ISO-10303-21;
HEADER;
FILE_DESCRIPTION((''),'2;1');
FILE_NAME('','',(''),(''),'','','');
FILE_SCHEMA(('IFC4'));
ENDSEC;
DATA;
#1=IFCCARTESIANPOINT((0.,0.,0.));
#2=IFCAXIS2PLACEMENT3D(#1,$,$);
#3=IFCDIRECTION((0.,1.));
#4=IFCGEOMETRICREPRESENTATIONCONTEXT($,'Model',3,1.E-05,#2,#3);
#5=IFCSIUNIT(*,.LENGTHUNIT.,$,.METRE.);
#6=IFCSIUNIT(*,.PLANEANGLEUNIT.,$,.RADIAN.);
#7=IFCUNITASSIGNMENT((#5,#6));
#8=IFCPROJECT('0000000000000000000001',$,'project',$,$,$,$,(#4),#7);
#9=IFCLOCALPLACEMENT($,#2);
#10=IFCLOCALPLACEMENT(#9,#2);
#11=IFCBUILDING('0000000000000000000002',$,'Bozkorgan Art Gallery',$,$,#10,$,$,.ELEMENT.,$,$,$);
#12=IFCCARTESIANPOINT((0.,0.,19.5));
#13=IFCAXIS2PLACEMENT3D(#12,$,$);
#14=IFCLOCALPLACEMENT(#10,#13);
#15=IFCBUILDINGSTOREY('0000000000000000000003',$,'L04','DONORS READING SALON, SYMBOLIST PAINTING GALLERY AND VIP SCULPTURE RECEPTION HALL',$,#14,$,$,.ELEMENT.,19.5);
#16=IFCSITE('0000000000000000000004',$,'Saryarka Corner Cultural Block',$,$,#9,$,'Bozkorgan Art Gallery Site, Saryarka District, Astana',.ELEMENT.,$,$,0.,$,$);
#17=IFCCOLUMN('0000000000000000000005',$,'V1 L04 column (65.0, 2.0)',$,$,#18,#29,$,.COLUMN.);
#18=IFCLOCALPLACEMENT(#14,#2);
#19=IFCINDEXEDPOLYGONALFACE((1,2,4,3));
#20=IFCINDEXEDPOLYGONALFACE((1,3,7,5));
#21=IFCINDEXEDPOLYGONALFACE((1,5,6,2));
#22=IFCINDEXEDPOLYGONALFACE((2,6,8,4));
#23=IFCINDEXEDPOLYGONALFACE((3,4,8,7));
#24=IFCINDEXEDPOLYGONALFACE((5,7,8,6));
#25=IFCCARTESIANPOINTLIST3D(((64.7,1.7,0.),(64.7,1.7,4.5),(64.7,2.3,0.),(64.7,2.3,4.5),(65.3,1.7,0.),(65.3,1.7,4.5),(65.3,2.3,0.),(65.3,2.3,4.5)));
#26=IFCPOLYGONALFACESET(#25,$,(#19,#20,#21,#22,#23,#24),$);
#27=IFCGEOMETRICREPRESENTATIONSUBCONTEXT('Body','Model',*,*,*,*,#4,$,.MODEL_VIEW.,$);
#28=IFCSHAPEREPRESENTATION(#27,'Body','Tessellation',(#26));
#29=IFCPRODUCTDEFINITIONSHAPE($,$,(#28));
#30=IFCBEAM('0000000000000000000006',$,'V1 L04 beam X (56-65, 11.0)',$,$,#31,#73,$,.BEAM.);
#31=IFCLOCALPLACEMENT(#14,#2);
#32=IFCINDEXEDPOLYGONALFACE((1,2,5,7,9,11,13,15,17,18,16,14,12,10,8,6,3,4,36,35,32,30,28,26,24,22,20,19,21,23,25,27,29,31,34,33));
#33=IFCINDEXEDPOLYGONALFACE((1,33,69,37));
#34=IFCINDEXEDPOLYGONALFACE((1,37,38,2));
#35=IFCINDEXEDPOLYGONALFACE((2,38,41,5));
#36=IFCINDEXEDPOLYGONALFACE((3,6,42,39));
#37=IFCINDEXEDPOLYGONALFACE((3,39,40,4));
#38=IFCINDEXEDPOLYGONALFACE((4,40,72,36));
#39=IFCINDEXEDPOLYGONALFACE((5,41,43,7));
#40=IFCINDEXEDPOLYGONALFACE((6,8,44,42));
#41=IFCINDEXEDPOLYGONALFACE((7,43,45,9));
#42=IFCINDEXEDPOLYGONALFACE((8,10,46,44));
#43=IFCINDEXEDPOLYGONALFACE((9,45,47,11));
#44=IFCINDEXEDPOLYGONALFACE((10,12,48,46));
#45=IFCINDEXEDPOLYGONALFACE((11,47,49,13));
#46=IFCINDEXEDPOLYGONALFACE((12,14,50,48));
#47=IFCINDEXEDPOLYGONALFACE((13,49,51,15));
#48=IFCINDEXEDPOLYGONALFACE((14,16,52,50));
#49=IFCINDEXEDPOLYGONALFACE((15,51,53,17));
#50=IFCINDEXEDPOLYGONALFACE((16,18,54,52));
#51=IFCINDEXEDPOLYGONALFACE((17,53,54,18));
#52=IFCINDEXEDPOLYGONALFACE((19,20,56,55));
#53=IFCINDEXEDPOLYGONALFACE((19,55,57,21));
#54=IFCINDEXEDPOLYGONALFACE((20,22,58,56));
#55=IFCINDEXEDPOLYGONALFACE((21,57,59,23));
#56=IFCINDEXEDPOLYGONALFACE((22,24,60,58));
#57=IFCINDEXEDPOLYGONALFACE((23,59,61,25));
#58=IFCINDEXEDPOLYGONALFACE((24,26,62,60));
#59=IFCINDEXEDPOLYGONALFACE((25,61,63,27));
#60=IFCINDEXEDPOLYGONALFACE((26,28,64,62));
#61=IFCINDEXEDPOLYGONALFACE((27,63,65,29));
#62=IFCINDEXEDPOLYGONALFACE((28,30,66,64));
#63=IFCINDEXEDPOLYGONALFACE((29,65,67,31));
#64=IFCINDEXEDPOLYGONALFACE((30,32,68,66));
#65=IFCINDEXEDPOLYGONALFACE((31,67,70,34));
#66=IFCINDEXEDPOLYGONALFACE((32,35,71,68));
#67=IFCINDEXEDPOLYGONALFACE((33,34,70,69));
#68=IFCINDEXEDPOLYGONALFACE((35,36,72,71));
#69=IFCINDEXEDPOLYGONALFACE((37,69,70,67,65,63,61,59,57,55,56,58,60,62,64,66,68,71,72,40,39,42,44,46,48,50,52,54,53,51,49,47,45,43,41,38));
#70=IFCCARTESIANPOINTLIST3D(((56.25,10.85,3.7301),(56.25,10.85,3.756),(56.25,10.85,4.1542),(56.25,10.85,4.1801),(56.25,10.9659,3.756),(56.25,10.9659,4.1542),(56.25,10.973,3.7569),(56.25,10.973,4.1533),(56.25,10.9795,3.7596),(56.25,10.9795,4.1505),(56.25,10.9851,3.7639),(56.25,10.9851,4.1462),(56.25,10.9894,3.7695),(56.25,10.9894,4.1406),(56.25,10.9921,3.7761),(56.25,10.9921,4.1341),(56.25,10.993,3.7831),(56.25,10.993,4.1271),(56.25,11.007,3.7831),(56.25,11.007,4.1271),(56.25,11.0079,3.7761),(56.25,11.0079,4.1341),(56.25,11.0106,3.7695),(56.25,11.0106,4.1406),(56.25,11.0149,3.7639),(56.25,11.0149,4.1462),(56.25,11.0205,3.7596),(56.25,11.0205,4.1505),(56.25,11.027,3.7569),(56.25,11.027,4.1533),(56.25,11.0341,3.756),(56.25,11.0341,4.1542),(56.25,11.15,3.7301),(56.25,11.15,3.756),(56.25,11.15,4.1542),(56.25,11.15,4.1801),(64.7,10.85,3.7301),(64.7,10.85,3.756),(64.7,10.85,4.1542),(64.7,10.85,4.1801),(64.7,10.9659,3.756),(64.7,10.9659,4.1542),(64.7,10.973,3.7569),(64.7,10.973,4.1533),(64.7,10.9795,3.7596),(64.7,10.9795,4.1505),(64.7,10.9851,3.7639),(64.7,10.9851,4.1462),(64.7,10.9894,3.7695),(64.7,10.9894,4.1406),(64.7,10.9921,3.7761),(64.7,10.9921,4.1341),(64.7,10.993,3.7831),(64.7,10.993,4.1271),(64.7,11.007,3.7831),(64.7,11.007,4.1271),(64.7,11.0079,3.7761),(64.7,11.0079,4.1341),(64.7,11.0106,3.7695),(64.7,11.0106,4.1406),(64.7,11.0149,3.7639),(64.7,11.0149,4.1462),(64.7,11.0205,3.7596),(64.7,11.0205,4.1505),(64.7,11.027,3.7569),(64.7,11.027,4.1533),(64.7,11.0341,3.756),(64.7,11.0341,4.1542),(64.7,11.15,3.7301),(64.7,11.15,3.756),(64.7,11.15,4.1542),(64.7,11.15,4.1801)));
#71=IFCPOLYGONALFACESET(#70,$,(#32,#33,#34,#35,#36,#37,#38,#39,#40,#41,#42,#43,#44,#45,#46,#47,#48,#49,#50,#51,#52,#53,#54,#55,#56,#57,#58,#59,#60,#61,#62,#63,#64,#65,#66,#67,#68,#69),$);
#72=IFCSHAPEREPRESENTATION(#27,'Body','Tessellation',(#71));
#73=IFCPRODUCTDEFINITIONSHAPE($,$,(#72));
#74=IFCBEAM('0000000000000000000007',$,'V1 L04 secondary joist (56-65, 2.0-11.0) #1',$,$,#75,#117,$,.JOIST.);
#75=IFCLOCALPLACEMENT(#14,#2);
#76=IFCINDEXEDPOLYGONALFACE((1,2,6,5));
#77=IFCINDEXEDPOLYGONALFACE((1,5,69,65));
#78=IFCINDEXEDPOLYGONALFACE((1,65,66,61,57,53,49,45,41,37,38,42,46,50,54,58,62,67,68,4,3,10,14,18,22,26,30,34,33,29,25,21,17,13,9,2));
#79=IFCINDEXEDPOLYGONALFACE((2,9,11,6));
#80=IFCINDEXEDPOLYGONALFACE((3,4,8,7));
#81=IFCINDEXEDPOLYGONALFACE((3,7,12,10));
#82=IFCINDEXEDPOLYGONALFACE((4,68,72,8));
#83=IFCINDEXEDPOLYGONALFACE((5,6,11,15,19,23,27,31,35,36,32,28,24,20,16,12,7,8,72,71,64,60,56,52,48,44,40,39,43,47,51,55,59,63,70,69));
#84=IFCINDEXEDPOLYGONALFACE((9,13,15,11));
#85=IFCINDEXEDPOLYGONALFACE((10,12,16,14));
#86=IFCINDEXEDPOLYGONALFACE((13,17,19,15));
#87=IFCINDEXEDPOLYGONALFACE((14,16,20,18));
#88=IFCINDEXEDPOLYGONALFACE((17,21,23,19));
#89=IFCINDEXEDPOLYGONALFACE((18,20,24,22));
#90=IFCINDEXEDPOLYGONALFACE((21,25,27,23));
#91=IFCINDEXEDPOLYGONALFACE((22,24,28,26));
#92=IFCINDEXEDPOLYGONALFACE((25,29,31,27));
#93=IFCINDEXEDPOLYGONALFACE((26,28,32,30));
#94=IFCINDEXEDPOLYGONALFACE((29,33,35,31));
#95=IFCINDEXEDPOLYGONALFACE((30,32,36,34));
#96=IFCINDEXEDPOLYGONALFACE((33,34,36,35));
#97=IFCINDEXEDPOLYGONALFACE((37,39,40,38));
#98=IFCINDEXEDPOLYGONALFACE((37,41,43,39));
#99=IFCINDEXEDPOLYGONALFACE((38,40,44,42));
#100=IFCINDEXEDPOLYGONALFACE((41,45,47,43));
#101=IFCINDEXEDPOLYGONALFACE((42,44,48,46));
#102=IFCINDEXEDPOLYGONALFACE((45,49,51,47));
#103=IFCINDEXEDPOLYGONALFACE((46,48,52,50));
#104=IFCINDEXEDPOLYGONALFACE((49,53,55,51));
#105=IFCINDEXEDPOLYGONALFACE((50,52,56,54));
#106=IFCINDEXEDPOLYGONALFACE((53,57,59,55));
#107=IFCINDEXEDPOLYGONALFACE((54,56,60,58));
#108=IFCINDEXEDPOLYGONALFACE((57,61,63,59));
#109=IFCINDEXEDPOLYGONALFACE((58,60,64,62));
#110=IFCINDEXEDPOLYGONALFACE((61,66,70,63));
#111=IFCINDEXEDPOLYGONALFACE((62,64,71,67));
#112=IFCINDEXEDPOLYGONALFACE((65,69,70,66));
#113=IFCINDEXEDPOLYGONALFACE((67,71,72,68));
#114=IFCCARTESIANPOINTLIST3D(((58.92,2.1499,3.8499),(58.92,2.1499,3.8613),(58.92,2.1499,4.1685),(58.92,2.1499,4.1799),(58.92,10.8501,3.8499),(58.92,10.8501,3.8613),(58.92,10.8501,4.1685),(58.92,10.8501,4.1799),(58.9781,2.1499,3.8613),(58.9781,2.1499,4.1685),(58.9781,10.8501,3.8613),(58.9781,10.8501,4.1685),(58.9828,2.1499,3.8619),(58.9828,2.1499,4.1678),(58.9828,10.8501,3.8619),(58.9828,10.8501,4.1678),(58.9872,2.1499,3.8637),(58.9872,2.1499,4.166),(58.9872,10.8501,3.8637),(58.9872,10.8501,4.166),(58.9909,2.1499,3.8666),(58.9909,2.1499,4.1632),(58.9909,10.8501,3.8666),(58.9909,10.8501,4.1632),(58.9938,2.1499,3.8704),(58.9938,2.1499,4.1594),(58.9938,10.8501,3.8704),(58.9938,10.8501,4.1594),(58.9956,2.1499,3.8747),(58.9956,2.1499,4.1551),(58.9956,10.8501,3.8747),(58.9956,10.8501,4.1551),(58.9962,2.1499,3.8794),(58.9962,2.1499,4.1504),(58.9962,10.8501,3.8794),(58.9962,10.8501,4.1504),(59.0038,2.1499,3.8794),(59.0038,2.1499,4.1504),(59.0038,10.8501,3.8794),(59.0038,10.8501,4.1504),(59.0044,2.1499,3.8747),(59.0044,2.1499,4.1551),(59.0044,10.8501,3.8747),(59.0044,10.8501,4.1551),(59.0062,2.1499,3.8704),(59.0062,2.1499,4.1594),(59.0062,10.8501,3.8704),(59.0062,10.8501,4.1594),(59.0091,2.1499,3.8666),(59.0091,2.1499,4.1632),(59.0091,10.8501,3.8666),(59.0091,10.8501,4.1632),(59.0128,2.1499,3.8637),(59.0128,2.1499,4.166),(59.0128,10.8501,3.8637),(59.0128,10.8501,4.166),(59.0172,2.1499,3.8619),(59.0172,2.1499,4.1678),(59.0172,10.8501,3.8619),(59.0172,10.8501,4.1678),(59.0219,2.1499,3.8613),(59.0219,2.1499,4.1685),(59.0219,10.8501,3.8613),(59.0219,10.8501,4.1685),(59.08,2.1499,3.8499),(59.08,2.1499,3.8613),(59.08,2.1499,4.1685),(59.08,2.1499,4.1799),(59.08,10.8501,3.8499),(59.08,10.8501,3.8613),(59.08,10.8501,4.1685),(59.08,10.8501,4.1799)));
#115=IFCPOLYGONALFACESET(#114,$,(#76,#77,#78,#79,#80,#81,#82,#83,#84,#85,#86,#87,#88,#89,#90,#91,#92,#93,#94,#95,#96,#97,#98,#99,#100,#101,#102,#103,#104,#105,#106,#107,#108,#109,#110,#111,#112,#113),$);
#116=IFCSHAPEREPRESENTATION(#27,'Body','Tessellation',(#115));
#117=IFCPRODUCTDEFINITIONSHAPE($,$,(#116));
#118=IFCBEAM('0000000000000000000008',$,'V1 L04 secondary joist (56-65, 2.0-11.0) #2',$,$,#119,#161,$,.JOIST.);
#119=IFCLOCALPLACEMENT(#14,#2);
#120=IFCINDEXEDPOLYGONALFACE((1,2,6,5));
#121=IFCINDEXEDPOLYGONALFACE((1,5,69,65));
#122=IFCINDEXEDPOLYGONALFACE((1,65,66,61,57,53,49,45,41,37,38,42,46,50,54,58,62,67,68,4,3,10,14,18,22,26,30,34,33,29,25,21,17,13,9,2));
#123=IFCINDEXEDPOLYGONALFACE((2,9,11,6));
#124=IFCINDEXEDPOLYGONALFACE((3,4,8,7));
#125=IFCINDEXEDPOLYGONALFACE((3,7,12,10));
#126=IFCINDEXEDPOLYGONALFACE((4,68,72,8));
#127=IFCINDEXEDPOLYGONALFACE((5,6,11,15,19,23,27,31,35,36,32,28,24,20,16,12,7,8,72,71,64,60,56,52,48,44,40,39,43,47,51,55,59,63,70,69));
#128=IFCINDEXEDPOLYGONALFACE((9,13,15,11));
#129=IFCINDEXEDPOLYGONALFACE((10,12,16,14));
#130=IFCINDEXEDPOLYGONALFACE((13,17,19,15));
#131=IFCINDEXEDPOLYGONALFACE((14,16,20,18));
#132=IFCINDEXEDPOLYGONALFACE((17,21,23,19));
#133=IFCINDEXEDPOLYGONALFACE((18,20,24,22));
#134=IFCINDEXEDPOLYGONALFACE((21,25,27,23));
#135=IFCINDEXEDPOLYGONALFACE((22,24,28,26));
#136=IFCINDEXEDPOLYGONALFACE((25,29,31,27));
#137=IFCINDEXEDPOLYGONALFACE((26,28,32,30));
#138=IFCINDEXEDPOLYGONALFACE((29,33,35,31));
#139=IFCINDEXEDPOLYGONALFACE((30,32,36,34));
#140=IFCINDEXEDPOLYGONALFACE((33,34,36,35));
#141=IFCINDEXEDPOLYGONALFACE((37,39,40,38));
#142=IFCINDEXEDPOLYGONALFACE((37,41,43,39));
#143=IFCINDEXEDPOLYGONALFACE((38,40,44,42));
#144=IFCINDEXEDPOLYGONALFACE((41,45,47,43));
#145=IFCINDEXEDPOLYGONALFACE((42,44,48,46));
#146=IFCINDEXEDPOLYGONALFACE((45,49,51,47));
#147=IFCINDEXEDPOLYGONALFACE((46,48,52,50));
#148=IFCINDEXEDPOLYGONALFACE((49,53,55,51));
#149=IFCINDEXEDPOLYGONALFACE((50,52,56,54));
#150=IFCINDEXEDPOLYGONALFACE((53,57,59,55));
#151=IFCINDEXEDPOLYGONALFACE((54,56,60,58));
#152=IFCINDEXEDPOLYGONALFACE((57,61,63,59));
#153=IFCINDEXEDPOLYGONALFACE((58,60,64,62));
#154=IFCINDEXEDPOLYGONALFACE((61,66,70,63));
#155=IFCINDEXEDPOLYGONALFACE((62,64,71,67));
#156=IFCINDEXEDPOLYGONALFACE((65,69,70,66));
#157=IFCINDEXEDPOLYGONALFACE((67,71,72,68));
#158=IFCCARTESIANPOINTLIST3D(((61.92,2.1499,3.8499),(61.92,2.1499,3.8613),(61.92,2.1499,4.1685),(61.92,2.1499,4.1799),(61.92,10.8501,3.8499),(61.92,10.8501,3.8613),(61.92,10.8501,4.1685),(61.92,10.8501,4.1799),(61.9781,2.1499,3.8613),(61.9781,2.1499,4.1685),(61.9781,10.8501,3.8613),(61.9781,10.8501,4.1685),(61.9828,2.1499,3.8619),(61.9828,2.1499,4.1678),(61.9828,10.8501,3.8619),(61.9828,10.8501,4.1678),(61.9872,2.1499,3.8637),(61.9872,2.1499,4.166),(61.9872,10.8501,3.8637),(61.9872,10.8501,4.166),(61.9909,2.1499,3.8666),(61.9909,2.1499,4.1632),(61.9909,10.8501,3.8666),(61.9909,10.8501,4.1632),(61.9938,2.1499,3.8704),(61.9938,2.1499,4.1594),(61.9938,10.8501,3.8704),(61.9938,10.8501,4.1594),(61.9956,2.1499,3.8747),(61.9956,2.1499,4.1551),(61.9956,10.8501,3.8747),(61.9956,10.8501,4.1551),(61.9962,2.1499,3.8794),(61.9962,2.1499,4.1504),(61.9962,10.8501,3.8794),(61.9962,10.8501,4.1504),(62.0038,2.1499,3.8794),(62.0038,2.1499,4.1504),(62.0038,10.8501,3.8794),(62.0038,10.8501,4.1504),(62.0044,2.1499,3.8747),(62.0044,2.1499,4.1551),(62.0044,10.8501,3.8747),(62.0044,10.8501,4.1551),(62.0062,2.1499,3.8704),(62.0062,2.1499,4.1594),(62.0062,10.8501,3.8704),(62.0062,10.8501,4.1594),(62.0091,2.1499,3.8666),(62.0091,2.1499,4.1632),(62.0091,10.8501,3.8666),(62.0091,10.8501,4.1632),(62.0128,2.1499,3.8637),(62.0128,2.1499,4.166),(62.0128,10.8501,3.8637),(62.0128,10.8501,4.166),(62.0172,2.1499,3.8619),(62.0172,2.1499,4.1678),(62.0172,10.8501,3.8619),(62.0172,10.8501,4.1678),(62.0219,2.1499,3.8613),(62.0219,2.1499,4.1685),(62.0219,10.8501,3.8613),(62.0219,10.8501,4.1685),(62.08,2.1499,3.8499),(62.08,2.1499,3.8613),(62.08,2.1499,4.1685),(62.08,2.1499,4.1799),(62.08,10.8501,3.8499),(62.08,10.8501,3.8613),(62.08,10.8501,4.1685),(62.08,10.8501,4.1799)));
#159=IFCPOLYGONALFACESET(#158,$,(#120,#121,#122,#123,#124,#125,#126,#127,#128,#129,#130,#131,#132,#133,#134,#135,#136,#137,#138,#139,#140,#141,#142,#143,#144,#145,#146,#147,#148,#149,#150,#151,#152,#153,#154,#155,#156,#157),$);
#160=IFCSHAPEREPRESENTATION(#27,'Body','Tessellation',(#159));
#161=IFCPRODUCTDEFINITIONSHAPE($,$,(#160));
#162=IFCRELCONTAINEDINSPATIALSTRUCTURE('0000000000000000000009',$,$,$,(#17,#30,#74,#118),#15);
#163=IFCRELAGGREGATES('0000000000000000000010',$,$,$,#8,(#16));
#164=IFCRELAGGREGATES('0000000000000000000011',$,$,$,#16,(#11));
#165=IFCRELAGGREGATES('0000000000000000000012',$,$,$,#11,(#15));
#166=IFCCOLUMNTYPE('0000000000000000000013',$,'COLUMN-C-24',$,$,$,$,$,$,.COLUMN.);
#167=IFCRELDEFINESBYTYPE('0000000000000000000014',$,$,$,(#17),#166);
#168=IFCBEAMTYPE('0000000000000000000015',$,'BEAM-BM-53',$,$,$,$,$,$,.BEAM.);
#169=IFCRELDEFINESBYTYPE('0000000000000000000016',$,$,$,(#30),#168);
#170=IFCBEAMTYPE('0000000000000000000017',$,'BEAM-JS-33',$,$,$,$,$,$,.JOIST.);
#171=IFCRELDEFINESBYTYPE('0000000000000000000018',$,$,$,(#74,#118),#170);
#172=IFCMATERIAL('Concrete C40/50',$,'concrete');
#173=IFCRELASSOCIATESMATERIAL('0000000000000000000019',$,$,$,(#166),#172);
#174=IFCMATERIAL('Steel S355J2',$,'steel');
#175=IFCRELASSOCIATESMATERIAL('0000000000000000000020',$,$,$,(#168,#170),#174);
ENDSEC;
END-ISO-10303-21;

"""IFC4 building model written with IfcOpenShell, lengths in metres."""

from ifc_helpers import new_model, si_unit, direction, frame, origin, origin_2d, place, context, subcontext, project, spatial, rectangle, i_section, extrude, material, material_profile, profile_set, type_object, element, save


model = new_model("IFC4")

# Units and contexts
model_context = context("Model", 3, precision=1e-05, world=origin(), true_north=direction((0.0, 1.0)))
body_context = subcontext(model_context, "Body", "Model", "MODEL_VIEW")
ifc_project = project(units=[si_unit("LENGTHUNIT", "METRE"), si_unit("PLANEANGLEUNIT", "RADIAN")], contexts=[model_context])

# Site, building, storey
site_placement = place(None, origin())
site = spatial("IfcSite", under=ifc_project, at=site_placement, Name="Saryarka Corner Cultural Block", LongName="Bozkorgan Art Gallery Site, Saryarka District, Astana", CompositionType="ELEMENT", RefElevation=0.0)
building_placement = place(site_placement, origin())
building = spatial("IfcBuilding", under=site, at=building_placement, Name="Bozkorgan Art Gallery", CompositionType="ELEMENT")
storey_placement = place(building_placement, frame((0.0, 0.0, 19.5)))
storey = spatial("IfcBuildingStorey", under=building, at=storey_placement, Name="L04", Description="DONORS READING SALON, SYMBOLIST PAINTING GALLERY AND VIP SCULPTURE RECEPTION HALL", CompositionType="ELEMENT", Elevation=19.5)

# Column
ifc_material_1 = material(Name="Concrete C40/50", Category="concrete")
ifc_material_profile_1 = material_profile(ifc_material_1, rectangle(XDim=0.6001, YDim=0.6001, at=origin_2d()), Name="RC 600x600")
ifc_profile_set_1 = profile_set([ifc_material_profile_1], Name="Concrete C40/50")
column_type = type_object("IfcColumnType", Name="COLUMN-C-24", PredefinedType="COLUMN", material=ifc_profile_set_1)
column_placement = place(storey_placement, frame((65.0, 2.0, 0.0), z_axis=(0.0, 0.0, 1.0), x_axis=(1.0, 0.0, 0.0)))
element("IfcColumn", 1, at=column_placement, inside=storey, type_object=column_type, Name="V1 L04 column (65.0, 2.0)", PredefinedType="COLUMN", context=body_context, shape_type="SweptSolid", body=[
    extrude(rectangle(XDim=0.6001, YDim=0.6001, at=origin_2d()), origin(), (0.0, 0.0, 1.0), 4.5),
])

# Beams
ifc_material_2 = material(Name="Steel S355J2", Category="steel")
ifc_material_profile_2 = material_profile(ifc_material_2, i_section(OverallWidth=0.3, OverallDepth=0.45, WebThickness=0.0139, FlangeThickness=0.0259, FilletRadius=0.0271, at=origin_2d()), Name="HEB 450")
ifc_profile_set_2 = profile_set([ifc_material_profile_2], Name="Steel S355J2")
beam_type_1 = type_object("IfcBeamType", Name="BEAM-BM-53", PredefinedType="BEAM", material=ifc_profile_set_2)
beam_placement = place(storey_placement, frame((56.25, 11.0, 3.9551), z_axis=(1.0, 0.0, 0.0), x_axis=(0.0, 1.0, 0.0)))
element("IfcBeam", 2, at=beam_placement, inside=storey, type_object=beam_type_1, Name="V1 L04 beam X (56-65, 11.0)", PredefinedType="BEAM", context=body_context, shape_type="SweptSolid", body=[
    extrude(i_section(OverallWidth=0.3, OverallDepth=0.45, WebThickness=0.0139, FlangeThickness=0.0259, FilletRadius=0.0271, at=origin_2d()), origin(), (0.0, 0.0, 1.0), 8.45),
])
ifc_material_profile_3 = material_profile(ifc_material_2, i_section(OverallWidth=0.1599, OverallDepth=0.3301, WebThickness=0.0076, FlangeThickness=0.0115, FilletRadius=0.0181, at=origin_2d()), Name="IPE 330")
ifc_profile_set_3 = profile_set([ifc_material_profile_3], Name="Steel S355J2")
beam_type_2 = type_object("IfcBeamType", Name="BEAM-JS-33", PredefinedType="JOIST", material=ifc_profile_set_3)
for number, where, z_axis, x_axis, name in (
    (3, (59.0, 2.1499, 4.0149), (0.0, 1.0, 0.0), (-1.0, 0.0, 0.0), "V1 L04 secondary joist (56-65, 2.0-11.0) #1"),
    (4, (62.0, 2.1499, 4.0149), (0.0, 1.0, 0.0), (-1.0, 0.0, 0.0), "V1 L04 secondary joist (56-65, 2.0-11.0) #2"),
):
    element("IfcBeam", number, at=place(storey_placement, frame(where, z_axis=z_axis, x_axis=x_axis)), inside=storey, type_object=beam_type_2, Name=name, PredefinedType="JOIST", context=body_context, shape_type="SweptSolid", body=[
        extrude(i_section(OverallWidth=0.1599, OverallDepth=0.3301, WebThickness=0.0076, FlangeThickness=0.0115, FilletRadius=0.0181, at=origin_2d()), origin(), (0.0, 0.0, 1.0), 8.7002),
    ])

save(model, "model.ifc")
